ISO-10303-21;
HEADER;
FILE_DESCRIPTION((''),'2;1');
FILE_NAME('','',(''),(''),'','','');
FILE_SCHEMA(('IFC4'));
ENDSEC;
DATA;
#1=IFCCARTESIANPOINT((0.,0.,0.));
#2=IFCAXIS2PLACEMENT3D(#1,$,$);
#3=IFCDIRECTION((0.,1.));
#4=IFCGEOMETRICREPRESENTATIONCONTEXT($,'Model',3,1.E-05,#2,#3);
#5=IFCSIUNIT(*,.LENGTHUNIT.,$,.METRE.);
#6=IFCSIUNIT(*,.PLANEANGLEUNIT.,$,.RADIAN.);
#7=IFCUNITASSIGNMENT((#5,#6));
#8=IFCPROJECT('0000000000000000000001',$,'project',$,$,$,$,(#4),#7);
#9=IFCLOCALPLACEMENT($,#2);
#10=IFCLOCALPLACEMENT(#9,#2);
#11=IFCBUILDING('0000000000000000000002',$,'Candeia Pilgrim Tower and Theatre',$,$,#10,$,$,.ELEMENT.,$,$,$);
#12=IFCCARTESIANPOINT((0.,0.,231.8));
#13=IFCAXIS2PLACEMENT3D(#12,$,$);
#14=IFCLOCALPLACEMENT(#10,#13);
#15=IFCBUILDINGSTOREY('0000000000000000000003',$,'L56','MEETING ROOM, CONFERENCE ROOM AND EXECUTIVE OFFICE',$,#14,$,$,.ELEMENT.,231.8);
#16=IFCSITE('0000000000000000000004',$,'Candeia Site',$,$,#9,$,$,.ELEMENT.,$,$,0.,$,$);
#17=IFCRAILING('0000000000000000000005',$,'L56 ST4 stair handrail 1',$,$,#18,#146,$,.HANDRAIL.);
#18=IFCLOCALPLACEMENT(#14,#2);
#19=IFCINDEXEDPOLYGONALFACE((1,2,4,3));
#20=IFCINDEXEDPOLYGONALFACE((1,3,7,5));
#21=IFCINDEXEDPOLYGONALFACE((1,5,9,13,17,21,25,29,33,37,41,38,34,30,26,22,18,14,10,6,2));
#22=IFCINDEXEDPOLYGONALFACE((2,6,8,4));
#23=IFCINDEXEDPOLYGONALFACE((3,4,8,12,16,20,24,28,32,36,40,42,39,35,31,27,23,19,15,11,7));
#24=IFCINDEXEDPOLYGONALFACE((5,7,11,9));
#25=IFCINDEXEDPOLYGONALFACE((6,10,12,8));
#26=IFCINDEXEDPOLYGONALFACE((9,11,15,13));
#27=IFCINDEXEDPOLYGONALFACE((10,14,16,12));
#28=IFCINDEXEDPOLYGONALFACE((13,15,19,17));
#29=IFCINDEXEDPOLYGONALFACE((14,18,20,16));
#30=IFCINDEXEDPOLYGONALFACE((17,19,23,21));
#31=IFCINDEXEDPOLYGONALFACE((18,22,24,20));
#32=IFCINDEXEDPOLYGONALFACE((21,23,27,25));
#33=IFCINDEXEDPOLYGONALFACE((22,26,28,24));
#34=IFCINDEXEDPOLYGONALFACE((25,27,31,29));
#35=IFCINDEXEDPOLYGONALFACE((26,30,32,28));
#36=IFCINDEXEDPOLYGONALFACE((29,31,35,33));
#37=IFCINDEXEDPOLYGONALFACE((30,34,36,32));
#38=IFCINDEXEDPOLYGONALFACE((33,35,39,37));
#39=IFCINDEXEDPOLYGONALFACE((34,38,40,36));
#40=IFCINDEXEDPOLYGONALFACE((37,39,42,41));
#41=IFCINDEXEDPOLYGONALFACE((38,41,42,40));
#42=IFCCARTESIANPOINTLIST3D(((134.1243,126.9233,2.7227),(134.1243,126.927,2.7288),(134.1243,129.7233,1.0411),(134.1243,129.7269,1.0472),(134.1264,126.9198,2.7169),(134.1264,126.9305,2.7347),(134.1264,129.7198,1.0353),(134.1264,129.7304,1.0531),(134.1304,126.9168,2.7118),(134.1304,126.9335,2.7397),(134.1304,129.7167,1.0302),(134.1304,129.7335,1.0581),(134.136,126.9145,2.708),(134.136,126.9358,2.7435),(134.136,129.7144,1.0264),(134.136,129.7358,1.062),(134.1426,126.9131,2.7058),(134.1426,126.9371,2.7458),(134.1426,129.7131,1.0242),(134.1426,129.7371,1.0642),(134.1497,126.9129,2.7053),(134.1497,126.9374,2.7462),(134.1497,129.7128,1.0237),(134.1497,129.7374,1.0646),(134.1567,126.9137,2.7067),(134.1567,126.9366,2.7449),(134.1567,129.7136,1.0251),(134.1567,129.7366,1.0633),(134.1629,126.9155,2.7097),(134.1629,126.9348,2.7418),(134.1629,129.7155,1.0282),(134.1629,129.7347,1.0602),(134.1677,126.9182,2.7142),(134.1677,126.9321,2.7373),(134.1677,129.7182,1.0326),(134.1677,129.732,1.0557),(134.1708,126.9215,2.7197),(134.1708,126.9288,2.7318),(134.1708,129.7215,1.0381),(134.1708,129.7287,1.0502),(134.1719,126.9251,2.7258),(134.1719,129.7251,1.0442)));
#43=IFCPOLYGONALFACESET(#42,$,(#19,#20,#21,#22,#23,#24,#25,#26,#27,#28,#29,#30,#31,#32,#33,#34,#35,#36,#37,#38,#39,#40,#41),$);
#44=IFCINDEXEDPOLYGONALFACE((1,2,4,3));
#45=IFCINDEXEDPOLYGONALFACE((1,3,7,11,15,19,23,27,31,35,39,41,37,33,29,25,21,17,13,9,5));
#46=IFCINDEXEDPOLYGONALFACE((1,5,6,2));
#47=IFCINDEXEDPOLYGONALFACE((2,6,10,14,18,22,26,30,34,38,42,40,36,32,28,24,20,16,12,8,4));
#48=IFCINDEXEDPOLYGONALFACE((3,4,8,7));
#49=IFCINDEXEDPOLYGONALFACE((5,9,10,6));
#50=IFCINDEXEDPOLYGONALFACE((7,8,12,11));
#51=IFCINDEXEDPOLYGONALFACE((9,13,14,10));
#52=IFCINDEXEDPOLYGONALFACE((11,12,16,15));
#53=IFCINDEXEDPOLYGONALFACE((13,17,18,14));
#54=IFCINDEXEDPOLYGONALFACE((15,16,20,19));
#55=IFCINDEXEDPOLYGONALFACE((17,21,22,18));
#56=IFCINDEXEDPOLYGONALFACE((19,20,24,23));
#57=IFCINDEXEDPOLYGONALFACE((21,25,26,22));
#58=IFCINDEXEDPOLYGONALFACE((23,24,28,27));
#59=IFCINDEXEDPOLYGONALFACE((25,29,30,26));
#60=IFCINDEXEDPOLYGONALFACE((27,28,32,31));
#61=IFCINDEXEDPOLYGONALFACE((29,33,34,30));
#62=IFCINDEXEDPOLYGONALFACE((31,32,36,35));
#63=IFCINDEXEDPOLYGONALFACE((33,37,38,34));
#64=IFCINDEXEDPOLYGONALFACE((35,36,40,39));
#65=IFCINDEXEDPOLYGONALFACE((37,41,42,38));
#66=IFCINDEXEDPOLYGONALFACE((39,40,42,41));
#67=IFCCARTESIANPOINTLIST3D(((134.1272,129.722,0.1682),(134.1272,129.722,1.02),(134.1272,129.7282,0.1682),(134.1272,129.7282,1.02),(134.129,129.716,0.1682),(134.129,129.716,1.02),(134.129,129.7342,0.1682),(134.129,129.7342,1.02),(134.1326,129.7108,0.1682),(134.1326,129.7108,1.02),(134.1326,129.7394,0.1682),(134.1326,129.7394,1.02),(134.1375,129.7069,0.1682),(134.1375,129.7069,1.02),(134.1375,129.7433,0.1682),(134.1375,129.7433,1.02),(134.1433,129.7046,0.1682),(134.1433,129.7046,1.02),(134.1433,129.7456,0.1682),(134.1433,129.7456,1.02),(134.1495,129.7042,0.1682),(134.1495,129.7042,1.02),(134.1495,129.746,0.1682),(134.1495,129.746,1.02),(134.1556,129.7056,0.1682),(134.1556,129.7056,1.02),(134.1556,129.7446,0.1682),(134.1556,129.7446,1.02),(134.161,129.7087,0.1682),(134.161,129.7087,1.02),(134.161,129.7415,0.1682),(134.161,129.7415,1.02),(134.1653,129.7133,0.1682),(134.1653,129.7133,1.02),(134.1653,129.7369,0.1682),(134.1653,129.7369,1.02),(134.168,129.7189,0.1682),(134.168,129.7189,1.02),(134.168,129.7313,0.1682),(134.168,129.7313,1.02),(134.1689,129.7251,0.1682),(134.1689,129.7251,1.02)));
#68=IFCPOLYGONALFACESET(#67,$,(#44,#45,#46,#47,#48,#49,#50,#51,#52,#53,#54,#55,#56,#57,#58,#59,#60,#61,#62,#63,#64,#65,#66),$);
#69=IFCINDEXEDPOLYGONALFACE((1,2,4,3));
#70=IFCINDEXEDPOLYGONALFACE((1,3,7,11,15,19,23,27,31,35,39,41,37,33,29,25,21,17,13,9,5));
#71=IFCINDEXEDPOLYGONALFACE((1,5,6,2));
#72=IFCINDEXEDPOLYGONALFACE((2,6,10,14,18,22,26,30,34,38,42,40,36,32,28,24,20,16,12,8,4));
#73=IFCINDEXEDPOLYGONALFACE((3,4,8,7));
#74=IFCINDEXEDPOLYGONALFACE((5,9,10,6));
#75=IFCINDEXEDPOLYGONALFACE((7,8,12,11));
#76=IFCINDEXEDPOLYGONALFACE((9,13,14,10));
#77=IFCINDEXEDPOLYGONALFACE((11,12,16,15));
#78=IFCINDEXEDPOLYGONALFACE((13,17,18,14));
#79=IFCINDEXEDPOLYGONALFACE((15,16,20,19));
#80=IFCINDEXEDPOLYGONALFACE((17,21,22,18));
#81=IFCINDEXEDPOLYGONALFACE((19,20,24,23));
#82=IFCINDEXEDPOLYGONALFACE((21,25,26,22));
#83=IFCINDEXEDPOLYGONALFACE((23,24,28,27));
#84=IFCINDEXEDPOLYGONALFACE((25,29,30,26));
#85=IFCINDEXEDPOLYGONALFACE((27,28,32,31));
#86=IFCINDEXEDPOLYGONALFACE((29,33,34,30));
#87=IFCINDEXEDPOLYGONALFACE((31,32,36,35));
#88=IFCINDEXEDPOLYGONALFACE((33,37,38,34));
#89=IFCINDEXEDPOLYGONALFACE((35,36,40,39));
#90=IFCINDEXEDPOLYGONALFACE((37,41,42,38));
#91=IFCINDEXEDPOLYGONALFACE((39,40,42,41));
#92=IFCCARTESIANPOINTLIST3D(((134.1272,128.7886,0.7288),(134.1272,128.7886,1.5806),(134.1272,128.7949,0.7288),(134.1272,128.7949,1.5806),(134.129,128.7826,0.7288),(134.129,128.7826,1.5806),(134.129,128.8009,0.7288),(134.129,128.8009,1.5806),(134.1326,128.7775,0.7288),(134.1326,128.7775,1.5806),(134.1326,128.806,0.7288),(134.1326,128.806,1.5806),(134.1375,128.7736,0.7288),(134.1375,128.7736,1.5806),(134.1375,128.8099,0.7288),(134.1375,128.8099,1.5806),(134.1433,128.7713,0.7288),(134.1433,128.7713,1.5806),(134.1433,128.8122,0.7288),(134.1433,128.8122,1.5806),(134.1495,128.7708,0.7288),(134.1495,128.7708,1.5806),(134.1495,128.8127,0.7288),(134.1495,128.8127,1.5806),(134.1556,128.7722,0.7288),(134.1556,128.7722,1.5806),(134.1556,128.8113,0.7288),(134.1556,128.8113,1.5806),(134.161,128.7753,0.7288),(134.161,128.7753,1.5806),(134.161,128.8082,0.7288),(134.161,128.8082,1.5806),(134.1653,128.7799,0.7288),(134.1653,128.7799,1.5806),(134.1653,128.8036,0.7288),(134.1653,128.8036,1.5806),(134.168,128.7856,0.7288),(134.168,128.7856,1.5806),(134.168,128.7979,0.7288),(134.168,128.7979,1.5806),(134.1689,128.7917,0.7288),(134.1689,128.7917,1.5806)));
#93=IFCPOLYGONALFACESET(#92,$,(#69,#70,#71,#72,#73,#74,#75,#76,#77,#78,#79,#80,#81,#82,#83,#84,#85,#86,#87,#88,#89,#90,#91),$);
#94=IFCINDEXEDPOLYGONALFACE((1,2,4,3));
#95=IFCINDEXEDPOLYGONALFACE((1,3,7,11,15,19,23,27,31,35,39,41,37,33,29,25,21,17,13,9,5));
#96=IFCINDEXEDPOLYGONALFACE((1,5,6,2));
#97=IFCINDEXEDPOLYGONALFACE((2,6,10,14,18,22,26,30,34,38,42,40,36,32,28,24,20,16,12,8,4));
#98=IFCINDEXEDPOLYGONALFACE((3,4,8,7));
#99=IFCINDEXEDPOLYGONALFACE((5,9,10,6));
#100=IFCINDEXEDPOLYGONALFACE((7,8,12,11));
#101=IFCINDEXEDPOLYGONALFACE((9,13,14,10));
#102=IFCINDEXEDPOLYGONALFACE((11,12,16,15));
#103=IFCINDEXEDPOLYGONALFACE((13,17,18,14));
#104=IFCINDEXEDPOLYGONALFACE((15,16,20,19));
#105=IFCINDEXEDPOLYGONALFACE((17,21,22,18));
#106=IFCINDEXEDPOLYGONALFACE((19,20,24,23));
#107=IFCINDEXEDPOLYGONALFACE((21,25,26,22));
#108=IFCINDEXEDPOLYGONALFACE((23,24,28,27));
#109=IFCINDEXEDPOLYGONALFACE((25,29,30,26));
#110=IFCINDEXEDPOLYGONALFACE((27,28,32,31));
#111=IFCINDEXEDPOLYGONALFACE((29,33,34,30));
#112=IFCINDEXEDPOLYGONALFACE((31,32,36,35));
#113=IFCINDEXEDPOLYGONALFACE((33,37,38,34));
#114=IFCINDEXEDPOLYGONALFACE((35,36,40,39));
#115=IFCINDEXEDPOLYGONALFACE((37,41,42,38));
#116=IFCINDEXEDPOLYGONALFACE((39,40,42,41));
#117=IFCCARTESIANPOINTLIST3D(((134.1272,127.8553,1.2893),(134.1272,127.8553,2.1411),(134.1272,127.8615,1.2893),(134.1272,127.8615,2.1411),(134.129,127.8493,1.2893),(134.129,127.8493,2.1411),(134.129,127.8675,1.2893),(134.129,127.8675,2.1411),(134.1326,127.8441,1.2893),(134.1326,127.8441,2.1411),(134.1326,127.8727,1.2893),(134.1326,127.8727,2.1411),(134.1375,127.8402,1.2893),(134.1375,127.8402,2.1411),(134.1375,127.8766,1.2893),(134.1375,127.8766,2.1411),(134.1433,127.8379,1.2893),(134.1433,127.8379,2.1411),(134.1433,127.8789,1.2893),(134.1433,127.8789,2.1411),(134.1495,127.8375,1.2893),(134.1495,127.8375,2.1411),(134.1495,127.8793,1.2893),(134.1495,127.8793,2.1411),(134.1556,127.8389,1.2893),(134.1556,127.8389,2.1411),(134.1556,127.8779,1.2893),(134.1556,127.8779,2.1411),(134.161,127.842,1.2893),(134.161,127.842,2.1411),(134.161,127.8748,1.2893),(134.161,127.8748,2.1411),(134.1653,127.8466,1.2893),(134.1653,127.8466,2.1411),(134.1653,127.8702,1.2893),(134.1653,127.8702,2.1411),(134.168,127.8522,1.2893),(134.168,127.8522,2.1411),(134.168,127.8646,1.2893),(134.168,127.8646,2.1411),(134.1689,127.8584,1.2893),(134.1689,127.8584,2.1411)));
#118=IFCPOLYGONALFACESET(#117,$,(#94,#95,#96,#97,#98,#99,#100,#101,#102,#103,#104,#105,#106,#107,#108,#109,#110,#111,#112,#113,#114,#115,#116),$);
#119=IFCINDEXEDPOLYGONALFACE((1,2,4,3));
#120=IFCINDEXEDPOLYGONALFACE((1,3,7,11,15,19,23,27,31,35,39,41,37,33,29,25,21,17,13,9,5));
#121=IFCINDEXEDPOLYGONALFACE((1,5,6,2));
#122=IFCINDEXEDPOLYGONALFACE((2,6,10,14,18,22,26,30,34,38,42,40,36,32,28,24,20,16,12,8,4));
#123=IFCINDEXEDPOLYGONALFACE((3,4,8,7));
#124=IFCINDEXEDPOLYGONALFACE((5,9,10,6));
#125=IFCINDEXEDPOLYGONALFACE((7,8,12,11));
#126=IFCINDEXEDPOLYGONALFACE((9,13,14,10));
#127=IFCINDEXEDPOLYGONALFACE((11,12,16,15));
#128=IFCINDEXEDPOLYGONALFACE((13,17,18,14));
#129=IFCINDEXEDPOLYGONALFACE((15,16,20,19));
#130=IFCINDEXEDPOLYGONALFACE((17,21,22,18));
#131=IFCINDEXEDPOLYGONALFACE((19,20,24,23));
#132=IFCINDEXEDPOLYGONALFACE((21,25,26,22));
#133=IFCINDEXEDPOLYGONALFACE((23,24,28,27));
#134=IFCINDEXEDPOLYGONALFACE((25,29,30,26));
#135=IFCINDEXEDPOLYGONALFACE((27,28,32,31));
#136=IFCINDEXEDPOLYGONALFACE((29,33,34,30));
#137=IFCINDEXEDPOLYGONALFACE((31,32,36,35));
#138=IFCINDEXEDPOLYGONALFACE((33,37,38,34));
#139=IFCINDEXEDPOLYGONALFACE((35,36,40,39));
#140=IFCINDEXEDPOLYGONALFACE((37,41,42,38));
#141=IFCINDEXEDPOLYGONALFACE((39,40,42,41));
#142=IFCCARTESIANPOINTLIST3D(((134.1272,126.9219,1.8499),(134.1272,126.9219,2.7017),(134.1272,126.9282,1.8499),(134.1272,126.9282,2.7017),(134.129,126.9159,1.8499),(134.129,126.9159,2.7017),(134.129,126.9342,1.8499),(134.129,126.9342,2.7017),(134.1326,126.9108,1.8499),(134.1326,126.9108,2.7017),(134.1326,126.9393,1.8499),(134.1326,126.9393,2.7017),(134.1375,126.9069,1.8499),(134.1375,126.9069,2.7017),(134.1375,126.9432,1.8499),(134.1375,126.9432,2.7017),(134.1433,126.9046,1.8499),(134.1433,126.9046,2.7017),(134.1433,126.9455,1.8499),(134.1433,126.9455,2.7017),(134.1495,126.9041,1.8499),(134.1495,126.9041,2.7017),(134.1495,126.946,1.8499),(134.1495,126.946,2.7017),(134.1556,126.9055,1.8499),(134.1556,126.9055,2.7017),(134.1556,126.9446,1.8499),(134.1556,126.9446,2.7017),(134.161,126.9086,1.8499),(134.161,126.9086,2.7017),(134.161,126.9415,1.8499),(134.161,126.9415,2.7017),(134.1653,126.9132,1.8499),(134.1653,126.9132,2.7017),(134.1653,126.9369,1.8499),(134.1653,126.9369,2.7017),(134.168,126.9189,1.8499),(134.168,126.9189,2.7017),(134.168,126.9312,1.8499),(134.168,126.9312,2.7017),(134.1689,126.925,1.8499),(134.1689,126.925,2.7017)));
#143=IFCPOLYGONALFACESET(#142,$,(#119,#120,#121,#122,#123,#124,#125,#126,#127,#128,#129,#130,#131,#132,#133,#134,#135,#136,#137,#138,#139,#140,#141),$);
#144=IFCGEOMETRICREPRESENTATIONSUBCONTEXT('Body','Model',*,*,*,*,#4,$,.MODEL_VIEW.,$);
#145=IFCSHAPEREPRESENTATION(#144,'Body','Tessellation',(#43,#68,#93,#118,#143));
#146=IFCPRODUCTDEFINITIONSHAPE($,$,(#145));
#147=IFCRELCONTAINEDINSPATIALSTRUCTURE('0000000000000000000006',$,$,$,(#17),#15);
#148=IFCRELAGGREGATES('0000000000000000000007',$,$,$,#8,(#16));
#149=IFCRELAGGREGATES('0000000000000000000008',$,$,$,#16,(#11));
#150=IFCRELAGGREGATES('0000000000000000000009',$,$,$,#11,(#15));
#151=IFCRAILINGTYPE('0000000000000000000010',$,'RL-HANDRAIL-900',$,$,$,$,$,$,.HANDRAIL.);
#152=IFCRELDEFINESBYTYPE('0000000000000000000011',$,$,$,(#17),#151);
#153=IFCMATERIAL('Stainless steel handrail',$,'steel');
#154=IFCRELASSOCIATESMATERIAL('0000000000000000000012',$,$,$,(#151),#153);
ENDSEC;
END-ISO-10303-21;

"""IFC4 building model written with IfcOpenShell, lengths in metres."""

from ifc_helpers import new_model, si_unit, direction, frame, origin, origin_2d, place, context, subcontext, project, spatial, circle, extrude, material, type_object, element, save


model = new_model("IFC4")

# Units and contexts
model_context = context("Model", 3, precision=1e-05, world=origin(), true_north=direction((0.0, 1.0)))
body_context = subcontext(model_context, "Body", "Model", "MODEL_VIEW")
ifc_project = project(units=[si_unit("LENGTHUNIT", "METRE"), si_unit("PLANEANGLEUNIT", "RADIAN")], contexts=[model_context])

# Site, building, storey
site_placement = place(None, origin())
site = spatial("IfcSite", under=ifc_project, at=site_placement, Name="Candeia Site", CompositionType="ELEMENT", RefElevation=0.0)
building_placement = place(site_placement, origin())
building = spatial("IfcBuilding", under=site, at=building_placement, Name="Candeia Pilgrim Tower and Theatre", CompositionType="ELEMENT")
storey_placement = place(building_placement, frame((0.0, 0.0, 231.8)))
storey = spatial("IfcBuildingStorey", under=building, at=storey_placement, Name="L56", Description="MEETING ROOM, CONFERENCE ROOM AND EXECUTIVE OFFICE", CompositionType="ELEMENT", Elevation=231.8)

# Railing
ifc_material_1 = material(Name="Stainless steel handrail", Category="steel")
railing_type_1 = type_object("IfcRailingType", Name="RL-HANDRAIL-900", PredefinedType="HANDRAIL", material=ifc_material_1)
railing_1_placement = place(storey_placement, frame((134.1479, 129.7251, 0.1682)))
element("IfcRailing", 1, at=railing_1_placement, inside=storey, type_object=railing_type_1, Name="L56 ST4 stair handrail 1", PredefinedType="HANDRAIL", context=body_context, shape_type="SweptSolid", body=[
    extrude(circle(Radius=0.0239, at=origin_2d()), frame((0.0, 0.0, 0.876), z_axis=(0.0, -0.857275, 0.514858), x_axis=(1.0, 0.0, 0.0)), (0.0, 0.0, 1.0), 3.2661),
    extrude(circle(Radius=0.021, at=origin_2d()), origin(), (0.0, 0.0, 1.0), 0.8518),
    extrude(circle(Radius=0.021, at=origin_2d()), frame((0.0, -0.9333, 0.5605)), (0.0, 0.0, 1.0), 0.8518),
    extrude(circle(Radius=0.021, at=origin_2d()), frame((0.0, -1.8667, 1.1211)), (0.0, 0.0, 1.0), 0.8518),
    extrude(circle(Radius=0.021, at=origin_2d()), frame((0.0, -2.8, 1.6816)), (0.0, 0.0, 1.0), 0.8518),
])

save(model, "model.ifc")
